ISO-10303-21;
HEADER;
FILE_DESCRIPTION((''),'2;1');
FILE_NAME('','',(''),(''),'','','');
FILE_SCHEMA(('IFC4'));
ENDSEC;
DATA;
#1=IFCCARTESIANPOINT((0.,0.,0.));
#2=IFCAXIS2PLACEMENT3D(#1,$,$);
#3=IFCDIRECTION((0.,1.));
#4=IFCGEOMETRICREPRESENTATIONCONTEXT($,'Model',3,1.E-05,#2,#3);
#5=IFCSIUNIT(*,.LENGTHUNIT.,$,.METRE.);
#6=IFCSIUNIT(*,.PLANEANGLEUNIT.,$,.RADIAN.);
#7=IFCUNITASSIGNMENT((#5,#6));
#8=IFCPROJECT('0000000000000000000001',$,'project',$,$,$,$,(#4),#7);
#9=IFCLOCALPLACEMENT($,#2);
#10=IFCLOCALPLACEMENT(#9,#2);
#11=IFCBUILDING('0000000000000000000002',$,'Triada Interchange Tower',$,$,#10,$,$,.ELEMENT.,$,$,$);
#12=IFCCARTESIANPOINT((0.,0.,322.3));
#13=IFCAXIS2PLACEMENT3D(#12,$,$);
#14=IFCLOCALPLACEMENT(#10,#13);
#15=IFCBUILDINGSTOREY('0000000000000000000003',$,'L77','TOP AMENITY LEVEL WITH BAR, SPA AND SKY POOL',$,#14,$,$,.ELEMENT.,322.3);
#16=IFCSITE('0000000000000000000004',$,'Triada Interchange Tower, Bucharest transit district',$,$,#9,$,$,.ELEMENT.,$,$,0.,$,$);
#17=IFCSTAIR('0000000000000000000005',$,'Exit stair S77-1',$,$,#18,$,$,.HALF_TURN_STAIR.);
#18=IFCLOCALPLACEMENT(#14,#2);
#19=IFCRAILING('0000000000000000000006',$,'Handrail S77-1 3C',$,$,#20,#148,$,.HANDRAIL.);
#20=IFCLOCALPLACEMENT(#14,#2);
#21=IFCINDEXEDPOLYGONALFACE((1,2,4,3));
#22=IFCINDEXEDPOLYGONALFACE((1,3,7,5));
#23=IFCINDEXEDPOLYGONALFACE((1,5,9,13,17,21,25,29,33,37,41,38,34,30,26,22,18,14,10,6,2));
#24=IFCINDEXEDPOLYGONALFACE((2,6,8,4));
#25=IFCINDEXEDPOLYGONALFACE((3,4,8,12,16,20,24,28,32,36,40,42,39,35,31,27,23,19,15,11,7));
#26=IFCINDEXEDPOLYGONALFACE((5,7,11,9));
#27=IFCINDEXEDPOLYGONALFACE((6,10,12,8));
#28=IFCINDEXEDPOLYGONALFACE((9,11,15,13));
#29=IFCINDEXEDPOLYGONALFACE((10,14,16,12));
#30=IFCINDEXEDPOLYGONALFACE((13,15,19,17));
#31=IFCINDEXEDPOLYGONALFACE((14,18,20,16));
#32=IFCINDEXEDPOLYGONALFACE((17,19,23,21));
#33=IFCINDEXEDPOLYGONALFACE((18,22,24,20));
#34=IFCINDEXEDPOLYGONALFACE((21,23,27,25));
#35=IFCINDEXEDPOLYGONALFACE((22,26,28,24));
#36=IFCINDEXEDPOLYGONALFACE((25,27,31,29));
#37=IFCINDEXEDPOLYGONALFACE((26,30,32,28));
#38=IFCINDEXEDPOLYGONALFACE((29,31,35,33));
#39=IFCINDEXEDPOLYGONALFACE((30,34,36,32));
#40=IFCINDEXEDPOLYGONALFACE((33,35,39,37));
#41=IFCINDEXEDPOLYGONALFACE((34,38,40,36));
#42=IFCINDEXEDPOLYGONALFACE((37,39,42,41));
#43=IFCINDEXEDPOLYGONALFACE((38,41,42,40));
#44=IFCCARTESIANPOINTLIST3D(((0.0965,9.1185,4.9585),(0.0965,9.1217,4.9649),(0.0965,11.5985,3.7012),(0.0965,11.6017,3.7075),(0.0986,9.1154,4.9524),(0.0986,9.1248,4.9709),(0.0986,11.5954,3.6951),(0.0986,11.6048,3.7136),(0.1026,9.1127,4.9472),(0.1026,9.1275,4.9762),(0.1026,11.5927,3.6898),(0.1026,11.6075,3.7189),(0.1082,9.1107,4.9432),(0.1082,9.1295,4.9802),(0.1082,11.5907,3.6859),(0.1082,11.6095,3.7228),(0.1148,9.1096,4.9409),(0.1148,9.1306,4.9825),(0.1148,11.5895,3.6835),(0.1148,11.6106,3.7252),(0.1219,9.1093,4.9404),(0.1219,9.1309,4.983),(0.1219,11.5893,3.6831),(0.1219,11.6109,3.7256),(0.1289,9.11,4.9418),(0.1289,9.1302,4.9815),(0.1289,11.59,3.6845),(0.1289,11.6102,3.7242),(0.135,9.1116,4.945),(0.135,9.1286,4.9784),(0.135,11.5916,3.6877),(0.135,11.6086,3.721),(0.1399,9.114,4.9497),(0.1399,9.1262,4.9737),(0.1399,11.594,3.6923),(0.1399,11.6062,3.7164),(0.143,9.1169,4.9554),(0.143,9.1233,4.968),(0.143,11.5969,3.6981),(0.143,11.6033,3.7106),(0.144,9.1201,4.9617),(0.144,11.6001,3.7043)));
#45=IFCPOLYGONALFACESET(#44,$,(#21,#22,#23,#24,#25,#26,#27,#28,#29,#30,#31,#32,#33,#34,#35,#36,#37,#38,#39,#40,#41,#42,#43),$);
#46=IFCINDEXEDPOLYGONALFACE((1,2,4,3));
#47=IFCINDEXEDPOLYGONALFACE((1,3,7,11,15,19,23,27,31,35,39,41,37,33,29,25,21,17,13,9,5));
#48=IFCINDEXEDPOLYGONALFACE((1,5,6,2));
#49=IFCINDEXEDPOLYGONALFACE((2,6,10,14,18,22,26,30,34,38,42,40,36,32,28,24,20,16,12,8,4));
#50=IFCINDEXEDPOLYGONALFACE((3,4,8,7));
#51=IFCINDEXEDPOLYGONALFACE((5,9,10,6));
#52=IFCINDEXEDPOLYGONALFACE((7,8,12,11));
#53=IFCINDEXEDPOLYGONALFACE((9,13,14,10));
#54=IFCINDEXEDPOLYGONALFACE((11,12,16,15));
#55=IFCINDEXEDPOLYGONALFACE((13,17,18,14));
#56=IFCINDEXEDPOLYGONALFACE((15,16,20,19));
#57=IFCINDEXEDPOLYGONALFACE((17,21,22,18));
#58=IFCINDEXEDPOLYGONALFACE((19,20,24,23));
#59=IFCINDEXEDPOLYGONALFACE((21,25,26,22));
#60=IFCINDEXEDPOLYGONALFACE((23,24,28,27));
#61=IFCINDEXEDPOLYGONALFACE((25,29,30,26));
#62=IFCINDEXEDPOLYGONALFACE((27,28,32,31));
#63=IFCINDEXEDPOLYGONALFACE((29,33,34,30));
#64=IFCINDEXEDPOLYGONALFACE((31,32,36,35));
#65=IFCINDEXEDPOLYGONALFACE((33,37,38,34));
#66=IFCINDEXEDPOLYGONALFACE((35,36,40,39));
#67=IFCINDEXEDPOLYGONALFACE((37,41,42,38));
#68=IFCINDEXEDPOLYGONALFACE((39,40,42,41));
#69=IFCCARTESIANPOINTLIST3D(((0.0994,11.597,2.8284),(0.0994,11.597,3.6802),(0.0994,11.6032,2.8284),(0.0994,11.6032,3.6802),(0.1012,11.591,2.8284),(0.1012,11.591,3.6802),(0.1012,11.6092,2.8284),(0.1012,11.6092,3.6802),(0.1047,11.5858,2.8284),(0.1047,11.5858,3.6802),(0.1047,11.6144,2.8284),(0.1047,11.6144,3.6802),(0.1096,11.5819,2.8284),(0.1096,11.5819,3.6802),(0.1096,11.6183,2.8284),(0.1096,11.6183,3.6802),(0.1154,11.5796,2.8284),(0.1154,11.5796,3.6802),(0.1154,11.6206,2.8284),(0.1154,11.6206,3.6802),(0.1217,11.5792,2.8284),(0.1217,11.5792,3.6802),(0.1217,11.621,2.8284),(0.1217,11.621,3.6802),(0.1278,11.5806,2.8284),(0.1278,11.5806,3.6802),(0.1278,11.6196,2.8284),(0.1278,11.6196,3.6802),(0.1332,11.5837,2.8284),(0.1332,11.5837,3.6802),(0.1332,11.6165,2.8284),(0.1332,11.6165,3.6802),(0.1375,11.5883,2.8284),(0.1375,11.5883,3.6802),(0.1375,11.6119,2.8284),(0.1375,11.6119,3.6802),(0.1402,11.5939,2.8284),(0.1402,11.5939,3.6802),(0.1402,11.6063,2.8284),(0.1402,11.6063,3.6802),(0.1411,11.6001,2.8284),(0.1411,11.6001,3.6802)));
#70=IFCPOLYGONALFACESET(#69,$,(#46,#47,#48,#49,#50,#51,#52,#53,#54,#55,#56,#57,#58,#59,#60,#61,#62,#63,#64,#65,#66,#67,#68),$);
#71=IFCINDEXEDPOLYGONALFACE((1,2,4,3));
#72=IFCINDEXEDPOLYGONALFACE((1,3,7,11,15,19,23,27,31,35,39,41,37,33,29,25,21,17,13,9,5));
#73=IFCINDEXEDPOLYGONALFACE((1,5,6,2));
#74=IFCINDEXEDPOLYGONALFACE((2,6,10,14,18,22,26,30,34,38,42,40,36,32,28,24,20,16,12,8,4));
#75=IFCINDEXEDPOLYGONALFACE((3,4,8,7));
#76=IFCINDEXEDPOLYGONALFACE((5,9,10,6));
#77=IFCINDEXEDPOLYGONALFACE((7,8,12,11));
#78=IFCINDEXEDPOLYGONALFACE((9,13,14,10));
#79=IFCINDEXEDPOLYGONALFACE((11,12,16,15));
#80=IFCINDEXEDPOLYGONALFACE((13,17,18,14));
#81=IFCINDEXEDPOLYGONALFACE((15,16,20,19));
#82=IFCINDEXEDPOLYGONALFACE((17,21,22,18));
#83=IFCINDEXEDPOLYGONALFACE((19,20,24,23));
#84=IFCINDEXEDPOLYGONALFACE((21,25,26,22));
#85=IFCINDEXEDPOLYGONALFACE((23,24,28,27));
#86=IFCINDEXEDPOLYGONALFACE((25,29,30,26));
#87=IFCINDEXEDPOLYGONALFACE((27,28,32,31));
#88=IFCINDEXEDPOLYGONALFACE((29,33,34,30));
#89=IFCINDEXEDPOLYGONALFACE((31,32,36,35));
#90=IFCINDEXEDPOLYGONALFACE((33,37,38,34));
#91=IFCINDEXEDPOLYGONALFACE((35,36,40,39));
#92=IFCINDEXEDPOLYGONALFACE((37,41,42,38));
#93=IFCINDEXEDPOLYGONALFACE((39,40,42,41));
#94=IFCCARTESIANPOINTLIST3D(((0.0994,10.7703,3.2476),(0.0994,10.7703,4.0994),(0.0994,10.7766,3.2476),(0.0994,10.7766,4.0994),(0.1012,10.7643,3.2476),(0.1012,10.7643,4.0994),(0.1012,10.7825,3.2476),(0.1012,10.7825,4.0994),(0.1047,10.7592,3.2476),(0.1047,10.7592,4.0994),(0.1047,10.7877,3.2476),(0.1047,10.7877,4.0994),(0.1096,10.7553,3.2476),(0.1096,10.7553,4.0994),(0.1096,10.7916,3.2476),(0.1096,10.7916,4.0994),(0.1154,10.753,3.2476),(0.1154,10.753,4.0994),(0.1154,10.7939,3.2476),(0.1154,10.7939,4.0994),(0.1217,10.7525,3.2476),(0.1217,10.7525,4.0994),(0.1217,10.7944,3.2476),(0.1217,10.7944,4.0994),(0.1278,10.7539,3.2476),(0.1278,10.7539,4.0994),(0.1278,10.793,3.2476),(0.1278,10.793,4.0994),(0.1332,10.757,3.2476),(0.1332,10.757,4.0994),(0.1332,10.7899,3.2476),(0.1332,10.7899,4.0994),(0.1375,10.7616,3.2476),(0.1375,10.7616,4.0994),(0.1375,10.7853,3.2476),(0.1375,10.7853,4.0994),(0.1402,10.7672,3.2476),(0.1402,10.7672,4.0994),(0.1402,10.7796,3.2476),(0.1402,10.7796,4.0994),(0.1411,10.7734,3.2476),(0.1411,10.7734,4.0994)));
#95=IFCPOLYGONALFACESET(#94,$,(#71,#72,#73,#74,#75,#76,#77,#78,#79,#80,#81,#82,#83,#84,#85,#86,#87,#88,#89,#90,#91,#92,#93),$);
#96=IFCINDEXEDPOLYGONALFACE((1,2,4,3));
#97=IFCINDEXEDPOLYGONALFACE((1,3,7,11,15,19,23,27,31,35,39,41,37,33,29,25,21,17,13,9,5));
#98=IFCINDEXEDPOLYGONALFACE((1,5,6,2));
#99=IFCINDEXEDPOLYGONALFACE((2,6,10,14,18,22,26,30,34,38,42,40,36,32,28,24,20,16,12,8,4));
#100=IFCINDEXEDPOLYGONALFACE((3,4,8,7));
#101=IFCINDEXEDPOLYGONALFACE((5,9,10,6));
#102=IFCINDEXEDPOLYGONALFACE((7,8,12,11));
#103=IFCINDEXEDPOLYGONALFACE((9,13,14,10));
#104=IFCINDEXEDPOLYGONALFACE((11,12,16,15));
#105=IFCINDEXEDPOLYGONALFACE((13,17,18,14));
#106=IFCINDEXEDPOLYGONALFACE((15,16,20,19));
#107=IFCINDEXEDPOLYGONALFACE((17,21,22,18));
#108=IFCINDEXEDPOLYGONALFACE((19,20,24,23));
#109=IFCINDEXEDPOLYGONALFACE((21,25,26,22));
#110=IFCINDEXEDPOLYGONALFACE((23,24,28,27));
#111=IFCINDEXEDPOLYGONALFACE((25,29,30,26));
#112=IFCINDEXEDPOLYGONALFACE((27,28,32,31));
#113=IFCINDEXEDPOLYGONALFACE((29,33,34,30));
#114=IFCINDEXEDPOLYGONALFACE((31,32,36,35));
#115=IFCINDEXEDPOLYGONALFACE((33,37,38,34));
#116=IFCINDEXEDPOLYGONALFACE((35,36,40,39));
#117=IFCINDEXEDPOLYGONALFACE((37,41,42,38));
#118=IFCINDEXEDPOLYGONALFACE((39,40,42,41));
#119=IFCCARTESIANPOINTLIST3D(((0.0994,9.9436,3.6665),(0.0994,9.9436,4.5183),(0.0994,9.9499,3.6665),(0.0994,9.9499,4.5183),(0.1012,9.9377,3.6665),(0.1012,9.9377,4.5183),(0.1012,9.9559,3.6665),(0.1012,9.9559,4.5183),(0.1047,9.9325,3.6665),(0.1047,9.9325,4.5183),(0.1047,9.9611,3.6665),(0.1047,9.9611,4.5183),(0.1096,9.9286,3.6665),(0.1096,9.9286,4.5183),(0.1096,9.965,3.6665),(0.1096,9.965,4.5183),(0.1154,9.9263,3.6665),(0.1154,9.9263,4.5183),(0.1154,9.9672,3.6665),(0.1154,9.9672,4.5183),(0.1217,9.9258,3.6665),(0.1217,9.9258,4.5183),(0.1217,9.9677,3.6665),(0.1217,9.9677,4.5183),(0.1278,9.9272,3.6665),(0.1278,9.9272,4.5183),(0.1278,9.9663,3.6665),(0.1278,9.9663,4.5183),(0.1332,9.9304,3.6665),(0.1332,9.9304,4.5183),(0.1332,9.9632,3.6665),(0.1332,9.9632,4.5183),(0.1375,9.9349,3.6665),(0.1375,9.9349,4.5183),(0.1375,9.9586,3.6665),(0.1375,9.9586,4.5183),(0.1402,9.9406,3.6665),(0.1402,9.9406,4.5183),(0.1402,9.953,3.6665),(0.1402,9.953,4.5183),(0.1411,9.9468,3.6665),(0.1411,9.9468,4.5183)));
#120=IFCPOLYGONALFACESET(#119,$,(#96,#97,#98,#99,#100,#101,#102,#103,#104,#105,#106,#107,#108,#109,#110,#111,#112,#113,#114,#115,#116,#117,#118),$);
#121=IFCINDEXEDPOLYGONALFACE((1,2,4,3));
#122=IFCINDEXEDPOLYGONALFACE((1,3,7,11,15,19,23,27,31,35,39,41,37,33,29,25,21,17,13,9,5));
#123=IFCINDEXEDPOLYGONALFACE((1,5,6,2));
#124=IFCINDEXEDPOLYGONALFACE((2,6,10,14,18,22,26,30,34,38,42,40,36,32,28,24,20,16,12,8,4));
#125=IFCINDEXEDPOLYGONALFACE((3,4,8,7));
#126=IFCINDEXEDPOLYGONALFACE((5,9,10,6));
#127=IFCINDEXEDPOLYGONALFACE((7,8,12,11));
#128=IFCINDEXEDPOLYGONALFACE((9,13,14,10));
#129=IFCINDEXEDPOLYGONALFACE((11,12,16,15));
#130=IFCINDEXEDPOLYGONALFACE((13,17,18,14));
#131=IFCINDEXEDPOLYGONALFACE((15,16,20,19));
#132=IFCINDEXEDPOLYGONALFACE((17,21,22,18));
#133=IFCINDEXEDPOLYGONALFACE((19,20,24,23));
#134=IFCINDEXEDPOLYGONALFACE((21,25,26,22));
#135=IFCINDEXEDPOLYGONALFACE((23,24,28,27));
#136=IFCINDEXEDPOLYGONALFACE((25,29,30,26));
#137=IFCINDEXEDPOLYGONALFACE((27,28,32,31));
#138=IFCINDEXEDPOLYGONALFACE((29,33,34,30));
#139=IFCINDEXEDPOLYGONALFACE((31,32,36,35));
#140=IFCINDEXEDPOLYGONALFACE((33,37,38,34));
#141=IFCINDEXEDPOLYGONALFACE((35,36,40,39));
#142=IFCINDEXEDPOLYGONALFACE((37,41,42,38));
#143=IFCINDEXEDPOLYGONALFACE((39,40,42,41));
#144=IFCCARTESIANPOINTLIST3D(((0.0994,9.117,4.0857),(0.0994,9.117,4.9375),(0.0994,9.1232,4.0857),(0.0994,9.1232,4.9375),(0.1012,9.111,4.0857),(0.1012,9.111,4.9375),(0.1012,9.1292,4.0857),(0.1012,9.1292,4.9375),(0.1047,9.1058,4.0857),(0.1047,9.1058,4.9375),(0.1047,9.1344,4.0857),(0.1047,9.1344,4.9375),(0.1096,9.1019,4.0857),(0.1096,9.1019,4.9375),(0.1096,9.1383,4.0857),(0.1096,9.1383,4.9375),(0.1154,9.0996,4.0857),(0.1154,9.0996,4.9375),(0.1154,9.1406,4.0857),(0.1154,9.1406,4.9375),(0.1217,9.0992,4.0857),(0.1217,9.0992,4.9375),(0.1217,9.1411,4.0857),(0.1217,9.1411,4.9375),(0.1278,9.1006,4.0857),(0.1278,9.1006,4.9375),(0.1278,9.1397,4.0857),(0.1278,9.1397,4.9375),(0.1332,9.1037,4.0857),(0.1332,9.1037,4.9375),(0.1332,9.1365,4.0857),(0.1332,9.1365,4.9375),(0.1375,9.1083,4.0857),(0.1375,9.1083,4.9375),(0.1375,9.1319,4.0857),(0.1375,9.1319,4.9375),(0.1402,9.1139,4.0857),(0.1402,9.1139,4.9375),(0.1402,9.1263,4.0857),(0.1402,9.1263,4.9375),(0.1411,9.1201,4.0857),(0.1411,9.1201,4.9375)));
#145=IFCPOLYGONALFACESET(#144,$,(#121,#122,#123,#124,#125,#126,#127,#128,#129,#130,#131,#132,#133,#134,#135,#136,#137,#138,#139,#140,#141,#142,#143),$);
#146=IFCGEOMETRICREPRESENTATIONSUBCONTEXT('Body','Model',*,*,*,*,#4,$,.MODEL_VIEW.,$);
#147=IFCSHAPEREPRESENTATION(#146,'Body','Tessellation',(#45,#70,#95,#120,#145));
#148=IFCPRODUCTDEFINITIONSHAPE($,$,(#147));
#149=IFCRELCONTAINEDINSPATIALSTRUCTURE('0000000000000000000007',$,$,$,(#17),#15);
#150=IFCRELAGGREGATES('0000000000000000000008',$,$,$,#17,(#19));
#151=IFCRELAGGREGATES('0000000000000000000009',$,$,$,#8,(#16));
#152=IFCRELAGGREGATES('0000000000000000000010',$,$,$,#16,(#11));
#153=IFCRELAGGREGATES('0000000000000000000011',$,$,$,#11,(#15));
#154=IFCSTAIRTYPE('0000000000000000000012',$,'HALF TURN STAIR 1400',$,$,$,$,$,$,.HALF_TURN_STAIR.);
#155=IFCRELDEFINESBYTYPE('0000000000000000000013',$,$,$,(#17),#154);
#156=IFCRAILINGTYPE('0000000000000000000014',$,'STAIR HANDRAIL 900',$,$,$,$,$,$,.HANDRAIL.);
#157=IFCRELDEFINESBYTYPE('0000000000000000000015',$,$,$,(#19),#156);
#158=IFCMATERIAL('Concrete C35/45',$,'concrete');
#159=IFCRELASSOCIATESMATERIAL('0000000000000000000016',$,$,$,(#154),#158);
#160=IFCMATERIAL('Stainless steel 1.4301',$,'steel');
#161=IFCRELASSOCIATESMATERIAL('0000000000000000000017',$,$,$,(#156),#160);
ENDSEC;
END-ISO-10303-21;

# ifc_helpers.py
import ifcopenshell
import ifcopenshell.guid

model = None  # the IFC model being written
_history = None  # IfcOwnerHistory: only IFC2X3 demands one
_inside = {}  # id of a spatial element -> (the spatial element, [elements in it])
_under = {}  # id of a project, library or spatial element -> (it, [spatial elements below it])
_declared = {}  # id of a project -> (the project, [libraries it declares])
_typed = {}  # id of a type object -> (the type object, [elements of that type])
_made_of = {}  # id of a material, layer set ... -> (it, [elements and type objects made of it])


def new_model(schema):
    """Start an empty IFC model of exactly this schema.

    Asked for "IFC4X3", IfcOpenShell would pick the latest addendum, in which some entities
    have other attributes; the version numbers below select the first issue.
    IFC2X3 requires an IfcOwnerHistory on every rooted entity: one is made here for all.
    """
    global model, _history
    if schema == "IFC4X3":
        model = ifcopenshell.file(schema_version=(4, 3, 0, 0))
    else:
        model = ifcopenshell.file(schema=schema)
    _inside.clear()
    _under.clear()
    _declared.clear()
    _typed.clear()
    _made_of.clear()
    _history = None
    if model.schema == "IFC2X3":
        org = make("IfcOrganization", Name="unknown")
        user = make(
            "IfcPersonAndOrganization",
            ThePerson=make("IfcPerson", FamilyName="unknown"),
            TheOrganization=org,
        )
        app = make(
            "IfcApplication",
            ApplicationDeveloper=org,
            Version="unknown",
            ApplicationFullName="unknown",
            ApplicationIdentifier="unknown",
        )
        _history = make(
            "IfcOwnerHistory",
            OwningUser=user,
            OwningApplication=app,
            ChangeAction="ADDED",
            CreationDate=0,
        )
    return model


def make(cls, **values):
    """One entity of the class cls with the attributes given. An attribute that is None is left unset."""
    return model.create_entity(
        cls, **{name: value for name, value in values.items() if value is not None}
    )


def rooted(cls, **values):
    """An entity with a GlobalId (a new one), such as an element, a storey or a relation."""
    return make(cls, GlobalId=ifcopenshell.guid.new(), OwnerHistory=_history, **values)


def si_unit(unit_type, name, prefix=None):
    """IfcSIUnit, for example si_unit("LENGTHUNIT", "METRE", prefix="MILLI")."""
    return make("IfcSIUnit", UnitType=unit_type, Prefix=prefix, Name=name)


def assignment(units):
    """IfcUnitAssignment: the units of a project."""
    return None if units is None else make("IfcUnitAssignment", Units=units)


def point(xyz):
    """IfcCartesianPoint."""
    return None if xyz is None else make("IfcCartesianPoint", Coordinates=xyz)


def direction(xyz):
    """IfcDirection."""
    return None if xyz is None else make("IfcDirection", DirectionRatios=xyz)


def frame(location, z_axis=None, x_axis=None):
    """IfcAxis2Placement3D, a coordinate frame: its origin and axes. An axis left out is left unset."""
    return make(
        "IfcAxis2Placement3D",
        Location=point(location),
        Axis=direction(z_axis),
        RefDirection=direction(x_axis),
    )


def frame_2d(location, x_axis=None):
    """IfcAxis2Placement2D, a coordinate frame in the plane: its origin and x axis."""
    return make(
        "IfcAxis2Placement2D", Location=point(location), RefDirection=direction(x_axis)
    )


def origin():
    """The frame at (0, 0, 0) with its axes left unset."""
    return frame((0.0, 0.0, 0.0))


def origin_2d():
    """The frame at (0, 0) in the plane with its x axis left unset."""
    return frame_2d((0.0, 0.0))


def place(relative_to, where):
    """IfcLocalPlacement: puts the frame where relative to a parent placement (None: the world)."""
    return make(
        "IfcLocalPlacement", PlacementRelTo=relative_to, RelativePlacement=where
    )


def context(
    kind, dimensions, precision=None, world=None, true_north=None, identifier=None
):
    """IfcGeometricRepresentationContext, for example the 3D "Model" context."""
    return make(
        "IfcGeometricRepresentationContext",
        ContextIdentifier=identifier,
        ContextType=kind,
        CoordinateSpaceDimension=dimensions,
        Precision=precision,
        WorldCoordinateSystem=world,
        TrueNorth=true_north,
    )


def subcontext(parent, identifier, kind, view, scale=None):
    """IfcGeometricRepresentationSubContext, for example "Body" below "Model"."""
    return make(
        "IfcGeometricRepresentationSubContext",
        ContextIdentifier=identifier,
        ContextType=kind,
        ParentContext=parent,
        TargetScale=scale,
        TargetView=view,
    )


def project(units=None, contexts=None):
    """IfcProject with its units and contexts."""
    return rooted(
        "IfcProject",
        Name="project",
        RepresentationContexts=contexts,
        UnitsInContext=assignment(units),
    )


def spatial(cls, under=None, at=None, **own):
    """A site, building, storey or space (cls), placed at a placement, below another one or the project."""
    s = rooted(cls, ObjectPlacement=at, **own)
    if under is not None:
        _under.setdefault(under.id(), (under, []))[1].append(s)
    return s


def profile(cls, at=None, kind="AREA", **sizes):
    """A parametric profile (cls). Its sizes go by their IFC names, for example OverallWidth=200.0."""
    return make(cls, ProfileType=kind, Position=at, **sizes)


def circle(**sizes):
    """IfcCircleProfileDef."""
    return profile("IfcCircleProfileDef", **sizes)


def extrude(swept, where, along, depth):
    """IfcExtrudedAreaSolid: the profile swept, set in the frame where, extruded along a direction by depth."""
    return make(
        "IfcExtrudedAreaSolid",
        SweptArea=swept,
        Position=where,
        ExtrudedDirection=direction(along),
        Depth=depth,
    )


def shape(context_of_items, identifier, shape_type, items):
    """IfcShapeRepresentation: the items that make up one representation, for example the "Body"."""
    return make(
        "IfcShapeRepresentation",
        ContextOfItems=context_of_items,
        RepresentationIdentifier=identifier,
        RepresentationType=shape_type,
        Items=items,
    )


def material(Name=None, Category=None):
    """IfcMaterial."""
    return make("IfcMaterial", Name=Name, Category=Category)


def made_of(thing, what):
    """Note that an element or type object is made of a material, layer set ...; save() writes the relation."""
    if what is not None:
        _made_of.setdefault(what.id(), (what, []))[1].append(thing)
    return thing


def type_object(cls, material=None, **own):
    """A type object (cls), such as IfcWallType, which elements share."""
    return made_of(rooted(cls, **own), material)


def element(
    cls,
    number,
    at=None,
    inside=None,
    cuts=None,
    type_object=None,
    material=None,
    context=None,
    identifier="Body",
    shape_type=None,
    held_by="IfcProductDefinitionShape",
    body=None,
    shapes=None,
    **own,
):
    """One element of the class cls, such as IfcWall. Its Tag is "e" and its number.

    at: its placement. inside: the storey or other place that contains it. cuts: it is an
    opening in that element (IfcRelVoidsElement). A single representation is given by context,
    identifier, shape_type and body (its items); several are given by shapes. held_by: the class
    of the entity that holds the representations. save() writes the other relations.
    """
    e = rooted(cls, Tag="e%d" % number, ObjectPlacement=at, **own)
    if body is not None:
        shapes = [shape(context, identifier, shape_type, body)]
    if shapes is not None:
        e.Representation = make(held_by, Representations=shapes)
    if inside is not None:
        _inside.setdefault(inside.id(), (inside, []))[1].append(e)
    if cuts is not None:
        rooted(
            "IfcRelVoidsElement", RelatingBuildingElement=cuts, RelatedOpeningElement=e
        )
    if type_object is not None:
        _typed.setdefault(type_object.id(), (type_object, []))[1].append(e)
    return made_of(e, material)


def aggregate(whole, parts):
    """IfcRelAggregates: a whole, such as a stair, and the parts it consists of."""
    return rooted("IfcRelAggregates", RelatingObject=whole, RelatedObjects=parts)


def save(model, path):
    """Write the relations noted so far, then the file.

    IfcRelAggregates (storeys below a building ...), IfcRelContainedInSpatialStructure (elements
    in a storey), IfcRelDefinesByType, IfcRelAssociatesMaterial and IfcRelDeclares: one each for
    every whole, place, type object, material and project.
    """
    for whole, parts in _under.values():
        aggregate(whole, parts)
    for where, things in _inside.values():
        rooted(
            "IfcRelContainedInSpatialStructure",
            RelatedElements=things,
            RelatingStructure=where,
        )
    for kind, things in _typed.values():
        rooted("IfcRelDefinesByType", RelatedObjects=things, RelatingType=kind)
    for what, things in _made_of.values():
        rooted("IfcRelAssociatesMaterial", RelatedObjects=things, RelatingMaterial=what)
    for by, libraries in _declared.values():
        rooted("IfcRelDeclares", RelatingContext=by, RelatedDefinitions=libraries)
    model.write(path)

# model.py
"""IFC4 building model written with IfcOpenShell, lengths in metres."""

from ifc_helpers import new_model, si_unit, direction, frame, origin, origin_2d, place, context, subcontext, project, spatial, circle, extrude, material, type_object, element, aggregate, save


model = new_model("IFC4")

# Units and contexts
model_context = context("Model", 3, precision=1e-05, world=origin(), true_north=direction((0.0, 1.0)))
body_context = subcontext(model_context, "Body", "Model", "MODEL_VIEW")
ifc_project = project(units=[si_unit("LENGTHUNIT", "METRE"), si_unit("PLANEANGLEUNIT", "RADIAN")], contexts=[model_context])

# Site, building, storey
site_placement = place(None, origin())
site = spatial("IfcSite", under=ifc_project, at=site_placement, Name="Triada Interchange Tower, Bucharest transit district", CompositionType="ELEMENT", RefElevation=0.0)
building_placement = place(site_placement, origin())
building = spatial("IfcBuilding", under=site, at=building_placement, Name="Triada Interchange Tower", CompositionType="ELEMENT")
storey_placement = place(building_placement, frame((0.0, 0.0, 322.3)))
storey = spatial("IfcBuildingStorey", under=building, at=storey_placement, Name="L77", Description="TOP AMENITY LEVEL WITH BAR, SPA AND SKY POOL", CompositionType="ELEMENT", Elevation=322.3)

# Shared definitions
ifc_material_1 = material(Name="Concrete C35/45", Category="concrete")

# Stair, railing
stair_type = type_object("IfcStairType", Name="HALF TURN STAIR 1400", PredefinedType="HALF_TURN_STAIR", material=ifc_material_1)
stair_placement = place(storey_placement, origin())
stair = element("IfcStair", 1, at=stair_placement, inside=storey, type_object=stair_type, Name="Exit stair S77-1", PredefinedType="HALF_TURN_STAIR")
ifc_material_2 = material(Name="Stainless steel 1.4301", Category="steel")
railing_type_1 = type_object("IfcRailingType", Name="STAIR HANDRAIL 900", PredefinedType="HANDRAIL", material=ifc_material_2)
railing_1_placement = place(storey_placement, frame((0.1201, 11.6001, 2.8284)))
railing_1 = element("IfcRailing", 2, at=railing_1_placement, type_object=railing_type_1, Name="Handrail S77-1 3C", PredefinedType="HANDRAIL", context=body_context, shape_type="SweptSolid", body=[
    extrude(circle(Radius=0.0239, at=origin_2d()), frame((0.0, 0.0, 0.876), z_axis=(0.0, -0.89192, 0.452194), x_axis=(1.0, 0.0, 0.0)), (0.0, 0.0, 1.0), 2.7805),
    extrude(circle(Radius=0.021, at=origin_2d()), origin(), (0.0, 0.0, 1.0), 0.8518),
    extrude(circle(Radius=0.021, at=origin_2d()), frame((0.0, -0.8267, 0.4192)), (0.0, 0.0, 1.0), 0.8518),
    extrude(circle(Radius=0.021, at=origin_2d()), frame((0.0, -1.6533, 0.8381)), (0.0, 0.0, 1.0), 0.8518),
    extrude(circle(Radius=0.021, at=origin_2d()), frame((0.0, -2.48, 1.2573)), (0.0, 0.0, 1.0), 0.8518),
])
aggregate(stair, [railing_1])

save(model, "model.ifc")
